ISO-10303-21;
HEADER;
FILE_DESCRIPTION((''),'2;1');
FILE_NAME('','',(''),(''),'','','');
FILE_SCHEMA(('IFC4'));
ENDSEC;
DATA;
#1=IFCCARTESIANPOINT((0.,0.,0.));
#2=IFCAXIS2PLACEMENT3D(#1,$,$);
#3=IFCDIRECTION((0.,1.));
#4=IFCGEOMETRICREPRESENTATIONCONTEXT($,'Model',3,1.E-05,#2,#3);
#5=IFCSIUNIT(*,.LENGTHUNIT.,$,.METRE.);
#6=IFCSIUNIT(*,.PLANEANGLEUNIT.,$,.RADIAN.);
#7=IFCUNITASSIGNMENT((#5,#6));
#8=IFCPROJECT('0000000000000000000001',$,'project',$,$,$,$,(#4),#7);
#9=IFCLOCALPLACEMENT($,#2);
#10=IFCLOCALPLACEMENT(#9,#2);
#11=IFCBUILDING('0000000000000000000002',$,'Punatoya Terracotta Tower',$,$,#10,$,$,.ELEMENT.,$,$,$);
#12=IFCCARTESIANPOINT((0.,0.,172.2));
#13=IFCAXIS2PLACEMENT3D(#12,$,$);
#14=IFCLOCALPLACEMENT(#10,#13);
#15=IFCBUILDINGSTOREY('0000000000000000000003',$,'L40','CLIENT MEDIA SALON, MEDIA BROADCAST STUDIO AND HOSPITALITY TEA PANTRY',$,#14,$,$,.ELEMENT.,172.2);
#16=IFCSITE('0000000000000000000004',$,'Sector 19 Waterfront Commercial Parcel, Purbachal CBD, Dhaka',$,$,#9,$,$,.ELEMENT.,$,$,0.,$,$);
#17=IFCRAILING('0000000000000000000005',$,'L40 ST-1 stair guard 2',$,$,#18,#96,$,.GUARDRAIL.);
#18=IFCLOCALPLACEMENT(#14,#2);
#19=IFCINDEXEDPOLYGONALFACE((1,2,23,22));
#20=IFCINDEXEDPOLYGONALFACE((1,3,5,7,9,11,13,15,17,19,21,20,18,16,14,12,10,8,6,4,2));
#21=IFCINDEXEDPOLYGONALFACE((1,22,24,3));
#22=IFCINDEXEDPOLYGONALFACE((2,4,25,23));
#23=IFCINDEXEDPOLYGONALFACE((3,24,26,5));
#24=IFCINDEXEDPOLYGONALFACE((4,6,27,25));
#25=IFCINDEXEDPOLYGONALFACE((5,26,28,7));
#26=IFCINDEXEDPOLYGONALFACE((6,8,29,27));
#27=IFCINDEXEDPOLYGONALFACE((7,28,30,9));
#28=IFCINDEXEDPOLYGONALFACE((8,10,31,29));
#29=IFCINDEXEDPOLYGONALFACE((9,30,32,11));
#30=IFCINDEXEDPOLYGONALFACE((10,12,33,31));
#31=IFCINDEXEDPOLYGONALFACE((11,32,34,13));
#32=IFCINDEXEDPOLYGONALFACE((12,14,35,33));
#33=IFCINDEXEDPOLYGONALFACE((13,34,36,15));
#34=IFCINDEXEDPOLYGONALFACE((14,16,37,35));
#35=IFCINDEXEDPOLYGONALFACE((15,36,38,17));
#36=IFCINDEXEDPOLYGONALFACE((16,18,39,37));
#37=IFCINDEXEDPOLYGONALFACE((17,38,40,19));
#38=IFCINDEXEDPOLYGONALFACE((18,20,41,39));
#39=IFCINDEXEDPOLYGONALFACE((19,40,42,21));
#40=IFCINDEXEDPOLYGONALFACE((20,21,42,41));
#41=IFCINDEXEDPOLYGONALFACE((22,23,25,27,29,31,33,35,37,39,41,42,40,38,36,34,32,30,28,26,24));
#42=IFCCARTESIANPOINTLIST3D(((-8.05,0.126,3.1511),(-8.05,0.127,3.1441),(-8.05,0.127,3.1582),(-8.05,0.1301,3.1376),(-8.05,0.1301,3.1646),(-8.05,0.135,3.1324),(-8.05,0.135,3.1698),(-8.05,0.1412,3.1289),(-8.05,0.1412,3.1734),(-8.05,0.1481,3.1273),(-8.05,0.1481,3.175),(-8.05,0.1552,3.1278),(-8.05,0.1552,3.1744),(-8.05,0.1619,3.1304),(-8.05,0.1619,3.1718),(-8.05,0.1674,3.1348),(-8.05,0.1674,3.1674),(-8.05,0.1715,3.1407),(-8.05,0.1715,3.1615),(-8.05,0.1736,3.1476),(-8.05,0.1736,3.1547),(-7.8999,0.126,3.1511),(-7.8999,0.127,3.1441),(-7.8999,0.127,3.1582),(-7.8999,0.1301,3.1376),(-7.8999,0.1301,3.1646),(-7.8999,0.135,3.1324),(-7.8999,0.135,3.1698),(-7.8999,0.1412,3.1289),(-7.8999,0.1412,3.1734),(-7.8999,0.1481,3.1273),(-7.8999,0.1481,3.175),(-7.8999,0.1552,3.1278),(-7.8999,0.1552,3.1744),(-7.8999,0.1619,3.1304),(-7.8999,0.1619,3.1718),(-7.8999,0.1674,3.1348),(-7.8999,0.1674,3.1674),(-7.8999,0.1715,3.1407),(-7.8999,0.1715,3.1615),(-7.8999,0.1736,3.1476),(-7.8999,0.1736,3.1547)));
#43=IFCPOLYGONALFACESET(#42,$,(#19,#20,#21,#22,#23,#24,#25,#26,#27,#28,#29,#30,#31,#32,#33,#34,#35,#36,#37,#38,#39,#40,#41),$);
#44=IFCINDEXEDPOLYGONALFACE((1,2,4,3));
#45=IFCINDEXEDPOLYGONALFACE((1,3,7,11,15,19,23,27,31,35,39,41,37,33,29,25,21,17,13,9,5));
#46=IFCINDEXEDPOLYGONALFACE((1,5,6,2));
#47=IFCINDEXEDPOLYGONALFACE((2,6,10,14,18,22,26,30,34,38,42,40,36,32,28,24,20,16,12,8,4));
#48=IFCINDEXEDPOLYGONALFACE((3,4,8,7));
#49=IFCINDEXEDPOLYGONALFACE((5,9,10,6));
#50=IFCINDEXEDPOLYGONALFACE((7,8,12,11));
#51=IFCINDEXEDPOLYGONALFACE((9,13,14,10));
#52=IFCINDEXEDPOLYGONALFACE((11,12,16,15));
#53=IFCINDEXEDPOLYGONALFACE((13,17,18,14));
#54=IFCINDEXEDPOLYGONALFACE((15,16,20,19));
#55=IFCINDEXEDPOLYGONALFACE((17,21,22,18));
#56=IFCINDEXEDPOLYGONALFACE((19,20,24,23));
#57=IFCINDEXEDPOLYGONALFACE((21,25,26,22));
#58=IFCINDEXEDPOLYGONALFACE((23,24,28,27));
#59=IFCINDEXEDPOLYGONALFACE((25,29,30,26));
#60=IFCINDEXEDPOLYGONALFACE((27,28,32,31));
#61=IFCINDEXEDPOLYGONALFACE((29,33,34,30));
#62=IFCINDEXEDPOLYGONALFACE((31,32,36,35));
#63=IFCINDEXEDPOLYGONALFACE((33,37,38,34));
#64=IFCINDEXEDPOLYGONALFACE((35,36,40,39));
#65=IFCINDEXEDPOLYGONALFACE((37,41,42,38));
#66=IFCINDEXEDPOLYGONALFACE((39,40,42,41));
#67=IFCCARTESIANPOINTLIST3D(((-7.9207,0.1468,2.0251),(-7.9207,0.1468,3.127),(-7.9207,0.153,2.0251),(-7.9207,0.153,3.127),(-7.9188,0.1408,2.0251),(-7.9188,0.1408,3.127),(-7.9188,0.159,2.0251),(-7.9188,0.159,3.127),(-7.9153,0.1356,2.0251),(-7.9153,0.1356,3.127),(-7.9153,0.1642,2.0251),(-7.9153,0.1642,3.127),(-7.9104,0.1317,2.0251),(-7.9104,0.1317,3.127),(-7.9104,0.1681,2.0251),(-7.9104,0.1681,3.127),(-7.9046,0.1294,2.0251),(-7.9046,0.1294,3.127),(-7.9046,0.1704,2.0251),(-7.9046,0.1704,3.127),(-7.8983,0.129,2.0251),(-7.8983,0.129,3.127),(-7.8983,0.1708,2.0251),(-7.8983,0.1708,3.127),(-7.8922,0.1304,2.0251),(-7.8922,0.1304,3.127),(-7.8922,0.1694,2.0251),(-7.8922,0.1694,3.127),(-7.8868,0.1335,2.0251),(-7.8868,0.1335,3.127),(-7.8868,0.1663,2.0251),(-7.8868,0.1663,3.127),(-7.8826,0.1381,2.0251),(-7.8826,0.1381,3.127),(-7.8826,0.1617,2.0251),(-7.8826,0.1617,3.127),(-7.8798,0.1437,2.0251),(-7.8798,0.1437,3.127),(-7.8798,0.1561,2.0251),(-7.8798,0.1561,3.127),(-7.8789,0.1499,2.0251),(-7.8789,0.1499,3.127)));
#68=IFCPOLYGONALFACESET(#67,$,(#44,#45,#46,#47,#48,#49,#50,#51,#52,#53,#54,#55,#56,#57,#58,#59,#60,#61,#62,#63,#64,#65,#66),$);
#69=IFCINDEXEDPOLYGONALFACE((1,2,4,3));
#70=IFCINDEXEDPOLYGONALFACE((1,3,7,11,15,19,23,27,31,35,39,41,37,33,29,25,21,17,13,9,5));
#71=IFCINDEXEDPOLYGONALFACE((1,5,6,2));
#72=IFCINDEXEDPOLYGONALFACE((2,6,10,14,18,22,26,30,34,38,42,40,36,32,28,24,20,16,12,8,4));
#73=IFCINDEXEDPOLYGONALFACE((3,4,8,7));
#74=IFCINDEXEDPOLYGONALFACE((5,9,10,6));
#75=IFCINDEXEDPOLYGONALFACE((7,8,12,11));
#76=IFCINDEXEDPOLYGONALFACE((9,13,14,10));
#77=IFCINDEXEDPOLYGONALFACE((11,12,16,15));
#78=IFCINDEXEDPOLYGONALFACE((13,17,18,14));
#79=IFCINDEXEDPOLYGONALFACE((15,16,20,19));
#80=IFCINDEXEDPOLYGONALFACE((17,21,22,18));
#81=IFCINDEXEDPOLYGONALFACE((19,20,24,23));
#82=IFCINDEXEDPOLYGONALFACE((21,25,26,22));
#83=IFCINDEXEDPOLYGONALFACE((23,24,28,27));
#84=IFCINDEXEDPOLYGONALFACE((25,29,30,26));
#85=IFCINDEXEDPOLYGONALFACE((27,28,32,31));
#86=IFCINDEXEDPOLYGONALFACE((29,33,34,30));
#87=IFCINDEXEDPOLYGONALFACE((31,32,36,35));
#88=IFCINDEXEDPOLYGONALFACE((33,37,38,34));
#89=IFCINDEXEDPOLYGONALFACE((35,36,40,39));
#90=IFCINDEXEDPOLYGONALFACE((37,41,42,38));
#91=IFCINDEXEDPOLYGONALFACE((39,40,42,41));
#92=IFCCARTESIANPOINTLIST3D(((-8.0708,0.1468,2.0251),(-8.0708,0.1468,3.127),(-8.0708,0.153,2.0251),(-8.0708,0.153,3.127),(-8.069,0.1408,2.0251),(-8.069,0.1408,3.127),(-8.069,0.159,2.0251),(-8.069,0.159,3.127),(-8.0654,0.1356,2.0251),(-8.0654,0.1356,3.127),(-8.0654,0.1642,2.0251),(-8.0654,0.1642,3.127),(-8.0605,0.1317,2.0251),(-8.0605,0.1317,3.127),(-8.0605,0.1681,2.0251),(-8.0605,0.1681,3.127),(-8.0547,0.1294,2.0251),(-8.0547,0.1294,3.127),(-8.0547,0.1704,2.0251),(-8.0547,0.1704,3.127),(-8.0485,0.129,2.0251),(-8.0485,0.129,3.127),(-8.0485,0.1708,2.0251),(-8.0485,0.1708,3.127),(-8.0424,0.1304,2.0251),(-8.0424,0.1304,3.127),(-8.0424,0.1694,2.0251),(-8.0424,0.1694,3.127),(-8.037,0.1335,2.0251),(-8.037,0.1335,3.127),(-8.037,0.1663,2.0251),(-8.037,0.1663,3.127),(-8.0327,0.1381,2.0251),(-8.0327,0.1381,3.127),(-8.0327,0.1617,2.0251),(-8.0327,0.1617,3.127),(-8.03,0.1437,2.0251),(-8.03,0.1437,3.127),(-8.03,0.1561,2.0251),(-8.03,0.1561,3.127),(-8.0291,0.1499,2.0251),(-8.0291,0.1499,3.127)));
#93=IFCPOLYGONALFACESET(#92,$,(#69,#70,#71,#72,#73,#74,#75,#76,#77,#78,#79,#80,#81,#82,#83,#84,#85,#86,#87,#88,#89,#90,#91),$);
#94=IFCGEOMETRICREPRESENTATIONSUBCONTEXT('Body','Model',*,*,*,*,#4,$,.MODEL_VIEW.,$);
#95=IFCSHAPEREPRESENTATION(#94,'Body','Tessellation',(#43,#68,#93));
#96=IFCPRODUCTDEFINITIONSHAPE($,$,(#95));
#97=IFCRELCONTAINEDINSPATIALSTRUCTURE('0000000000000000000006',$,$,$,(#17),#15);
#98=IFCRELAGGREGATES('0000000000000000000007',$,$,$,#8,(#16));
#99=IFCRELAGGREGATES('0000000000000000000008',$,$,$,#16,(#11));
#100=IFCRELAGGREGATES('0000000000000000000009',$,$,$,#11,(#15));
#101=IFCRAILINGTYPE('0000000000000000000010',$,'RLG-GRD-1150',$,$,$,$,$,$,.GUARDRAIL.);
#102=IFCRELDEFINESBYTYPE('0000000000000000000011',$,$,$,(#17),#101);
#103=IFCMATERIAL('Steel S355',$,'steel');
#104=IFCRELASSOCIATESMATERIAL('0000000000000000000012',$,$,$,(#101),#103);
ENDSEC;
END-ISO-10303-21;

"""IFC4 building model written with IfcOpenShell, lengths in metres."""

from ifc_helpers import new_model, si_unit, direction, frame, origin, origin_2d, place, context, subcontext, project, spatial, circle, extrude, material, type_object, element, save


model = new_model("IFC4")

# Units and contexts
model_context = context("Model", 3, precision=1e-05, world=origin(), true_north=direction((0.0, 1.0)))
body_context = subcontext(model_context, "Body", "Model", "MODEL_VIEW")
ifc_project = project(units=[si_unit("LENGTHUNIT", "METRE"), si_unit("PLANEANGLEUNIT", "RADIAN")], contexts=[model_context])

# Site, building, storey
site_placement = place(None, origin())
site = spatial("IfcSite", under=ifc_project, at=site_placement, Name="Sector 19 Waterfront Commercial Parcel, Purbachal CBD, Dhaka", CompositionType="ELEMENT", RefElevation=0.0)
building_placement = place(site_placement, origin())
building = spatial("IfcBuilding", under=site, at=building_placement, Name="Punatoya Terracotta Tower", CompositionType="ELEMENT")
storey_placement = place(building_placement, frame((0.0, 0.0, 172.2)))
storey = spatial("IfcBuildingStorey", under=building, at=storey_placement, Name="L40", Description="CLIENT MEDIA SALON, MEDIA BROADCAST STUDIO AND HOSPITALITY TEA PANTRY", CompositionType="ELEMENT", Elevation=172.2)

# Shared definitions
ifc_material_1 = material(Name="Steel S355", Category="steel")

# Railing
railing_type_1 = type_object("IfcRailingType", Name="RLG-GRD-1150", PredefinedType="GUARDRAIL", material=ifc_material_1)
railing_1_placement = place(storey_placement, frame((-7.8999, 0.1499, 2.0251)))
element("IfcRailing", 1, at=railing_1_placement, inside=storey, type_object=railing_type_1, Name="L40 ST-1 stair guard 2", PredefinedType="GUARDRAIL", context=body_context, shape_type="SweptSolid", body=[
    extrude(circle(Radius=0.0239, at=origin_2d()), frame((0.0, 0.0, 1.126), z_axis=(-1.0, 0.0, 0.0), x_axis=(0.0, -1.0, 0.0)), (0.0, 0.0, 1.0), 0.1501),
    extrude(circle(Radius=0.021, at=origin_2d()), origin(), (0.0, 0.0, 1.0), 1.1018),
    extrude(circle(Radius=0.021, at=origin_2d()), frame((-0.1501, 0.0, 0.0)), (0.0, 0.0, 1.0), 1.1018),
])

save(model, "model.ifc")
